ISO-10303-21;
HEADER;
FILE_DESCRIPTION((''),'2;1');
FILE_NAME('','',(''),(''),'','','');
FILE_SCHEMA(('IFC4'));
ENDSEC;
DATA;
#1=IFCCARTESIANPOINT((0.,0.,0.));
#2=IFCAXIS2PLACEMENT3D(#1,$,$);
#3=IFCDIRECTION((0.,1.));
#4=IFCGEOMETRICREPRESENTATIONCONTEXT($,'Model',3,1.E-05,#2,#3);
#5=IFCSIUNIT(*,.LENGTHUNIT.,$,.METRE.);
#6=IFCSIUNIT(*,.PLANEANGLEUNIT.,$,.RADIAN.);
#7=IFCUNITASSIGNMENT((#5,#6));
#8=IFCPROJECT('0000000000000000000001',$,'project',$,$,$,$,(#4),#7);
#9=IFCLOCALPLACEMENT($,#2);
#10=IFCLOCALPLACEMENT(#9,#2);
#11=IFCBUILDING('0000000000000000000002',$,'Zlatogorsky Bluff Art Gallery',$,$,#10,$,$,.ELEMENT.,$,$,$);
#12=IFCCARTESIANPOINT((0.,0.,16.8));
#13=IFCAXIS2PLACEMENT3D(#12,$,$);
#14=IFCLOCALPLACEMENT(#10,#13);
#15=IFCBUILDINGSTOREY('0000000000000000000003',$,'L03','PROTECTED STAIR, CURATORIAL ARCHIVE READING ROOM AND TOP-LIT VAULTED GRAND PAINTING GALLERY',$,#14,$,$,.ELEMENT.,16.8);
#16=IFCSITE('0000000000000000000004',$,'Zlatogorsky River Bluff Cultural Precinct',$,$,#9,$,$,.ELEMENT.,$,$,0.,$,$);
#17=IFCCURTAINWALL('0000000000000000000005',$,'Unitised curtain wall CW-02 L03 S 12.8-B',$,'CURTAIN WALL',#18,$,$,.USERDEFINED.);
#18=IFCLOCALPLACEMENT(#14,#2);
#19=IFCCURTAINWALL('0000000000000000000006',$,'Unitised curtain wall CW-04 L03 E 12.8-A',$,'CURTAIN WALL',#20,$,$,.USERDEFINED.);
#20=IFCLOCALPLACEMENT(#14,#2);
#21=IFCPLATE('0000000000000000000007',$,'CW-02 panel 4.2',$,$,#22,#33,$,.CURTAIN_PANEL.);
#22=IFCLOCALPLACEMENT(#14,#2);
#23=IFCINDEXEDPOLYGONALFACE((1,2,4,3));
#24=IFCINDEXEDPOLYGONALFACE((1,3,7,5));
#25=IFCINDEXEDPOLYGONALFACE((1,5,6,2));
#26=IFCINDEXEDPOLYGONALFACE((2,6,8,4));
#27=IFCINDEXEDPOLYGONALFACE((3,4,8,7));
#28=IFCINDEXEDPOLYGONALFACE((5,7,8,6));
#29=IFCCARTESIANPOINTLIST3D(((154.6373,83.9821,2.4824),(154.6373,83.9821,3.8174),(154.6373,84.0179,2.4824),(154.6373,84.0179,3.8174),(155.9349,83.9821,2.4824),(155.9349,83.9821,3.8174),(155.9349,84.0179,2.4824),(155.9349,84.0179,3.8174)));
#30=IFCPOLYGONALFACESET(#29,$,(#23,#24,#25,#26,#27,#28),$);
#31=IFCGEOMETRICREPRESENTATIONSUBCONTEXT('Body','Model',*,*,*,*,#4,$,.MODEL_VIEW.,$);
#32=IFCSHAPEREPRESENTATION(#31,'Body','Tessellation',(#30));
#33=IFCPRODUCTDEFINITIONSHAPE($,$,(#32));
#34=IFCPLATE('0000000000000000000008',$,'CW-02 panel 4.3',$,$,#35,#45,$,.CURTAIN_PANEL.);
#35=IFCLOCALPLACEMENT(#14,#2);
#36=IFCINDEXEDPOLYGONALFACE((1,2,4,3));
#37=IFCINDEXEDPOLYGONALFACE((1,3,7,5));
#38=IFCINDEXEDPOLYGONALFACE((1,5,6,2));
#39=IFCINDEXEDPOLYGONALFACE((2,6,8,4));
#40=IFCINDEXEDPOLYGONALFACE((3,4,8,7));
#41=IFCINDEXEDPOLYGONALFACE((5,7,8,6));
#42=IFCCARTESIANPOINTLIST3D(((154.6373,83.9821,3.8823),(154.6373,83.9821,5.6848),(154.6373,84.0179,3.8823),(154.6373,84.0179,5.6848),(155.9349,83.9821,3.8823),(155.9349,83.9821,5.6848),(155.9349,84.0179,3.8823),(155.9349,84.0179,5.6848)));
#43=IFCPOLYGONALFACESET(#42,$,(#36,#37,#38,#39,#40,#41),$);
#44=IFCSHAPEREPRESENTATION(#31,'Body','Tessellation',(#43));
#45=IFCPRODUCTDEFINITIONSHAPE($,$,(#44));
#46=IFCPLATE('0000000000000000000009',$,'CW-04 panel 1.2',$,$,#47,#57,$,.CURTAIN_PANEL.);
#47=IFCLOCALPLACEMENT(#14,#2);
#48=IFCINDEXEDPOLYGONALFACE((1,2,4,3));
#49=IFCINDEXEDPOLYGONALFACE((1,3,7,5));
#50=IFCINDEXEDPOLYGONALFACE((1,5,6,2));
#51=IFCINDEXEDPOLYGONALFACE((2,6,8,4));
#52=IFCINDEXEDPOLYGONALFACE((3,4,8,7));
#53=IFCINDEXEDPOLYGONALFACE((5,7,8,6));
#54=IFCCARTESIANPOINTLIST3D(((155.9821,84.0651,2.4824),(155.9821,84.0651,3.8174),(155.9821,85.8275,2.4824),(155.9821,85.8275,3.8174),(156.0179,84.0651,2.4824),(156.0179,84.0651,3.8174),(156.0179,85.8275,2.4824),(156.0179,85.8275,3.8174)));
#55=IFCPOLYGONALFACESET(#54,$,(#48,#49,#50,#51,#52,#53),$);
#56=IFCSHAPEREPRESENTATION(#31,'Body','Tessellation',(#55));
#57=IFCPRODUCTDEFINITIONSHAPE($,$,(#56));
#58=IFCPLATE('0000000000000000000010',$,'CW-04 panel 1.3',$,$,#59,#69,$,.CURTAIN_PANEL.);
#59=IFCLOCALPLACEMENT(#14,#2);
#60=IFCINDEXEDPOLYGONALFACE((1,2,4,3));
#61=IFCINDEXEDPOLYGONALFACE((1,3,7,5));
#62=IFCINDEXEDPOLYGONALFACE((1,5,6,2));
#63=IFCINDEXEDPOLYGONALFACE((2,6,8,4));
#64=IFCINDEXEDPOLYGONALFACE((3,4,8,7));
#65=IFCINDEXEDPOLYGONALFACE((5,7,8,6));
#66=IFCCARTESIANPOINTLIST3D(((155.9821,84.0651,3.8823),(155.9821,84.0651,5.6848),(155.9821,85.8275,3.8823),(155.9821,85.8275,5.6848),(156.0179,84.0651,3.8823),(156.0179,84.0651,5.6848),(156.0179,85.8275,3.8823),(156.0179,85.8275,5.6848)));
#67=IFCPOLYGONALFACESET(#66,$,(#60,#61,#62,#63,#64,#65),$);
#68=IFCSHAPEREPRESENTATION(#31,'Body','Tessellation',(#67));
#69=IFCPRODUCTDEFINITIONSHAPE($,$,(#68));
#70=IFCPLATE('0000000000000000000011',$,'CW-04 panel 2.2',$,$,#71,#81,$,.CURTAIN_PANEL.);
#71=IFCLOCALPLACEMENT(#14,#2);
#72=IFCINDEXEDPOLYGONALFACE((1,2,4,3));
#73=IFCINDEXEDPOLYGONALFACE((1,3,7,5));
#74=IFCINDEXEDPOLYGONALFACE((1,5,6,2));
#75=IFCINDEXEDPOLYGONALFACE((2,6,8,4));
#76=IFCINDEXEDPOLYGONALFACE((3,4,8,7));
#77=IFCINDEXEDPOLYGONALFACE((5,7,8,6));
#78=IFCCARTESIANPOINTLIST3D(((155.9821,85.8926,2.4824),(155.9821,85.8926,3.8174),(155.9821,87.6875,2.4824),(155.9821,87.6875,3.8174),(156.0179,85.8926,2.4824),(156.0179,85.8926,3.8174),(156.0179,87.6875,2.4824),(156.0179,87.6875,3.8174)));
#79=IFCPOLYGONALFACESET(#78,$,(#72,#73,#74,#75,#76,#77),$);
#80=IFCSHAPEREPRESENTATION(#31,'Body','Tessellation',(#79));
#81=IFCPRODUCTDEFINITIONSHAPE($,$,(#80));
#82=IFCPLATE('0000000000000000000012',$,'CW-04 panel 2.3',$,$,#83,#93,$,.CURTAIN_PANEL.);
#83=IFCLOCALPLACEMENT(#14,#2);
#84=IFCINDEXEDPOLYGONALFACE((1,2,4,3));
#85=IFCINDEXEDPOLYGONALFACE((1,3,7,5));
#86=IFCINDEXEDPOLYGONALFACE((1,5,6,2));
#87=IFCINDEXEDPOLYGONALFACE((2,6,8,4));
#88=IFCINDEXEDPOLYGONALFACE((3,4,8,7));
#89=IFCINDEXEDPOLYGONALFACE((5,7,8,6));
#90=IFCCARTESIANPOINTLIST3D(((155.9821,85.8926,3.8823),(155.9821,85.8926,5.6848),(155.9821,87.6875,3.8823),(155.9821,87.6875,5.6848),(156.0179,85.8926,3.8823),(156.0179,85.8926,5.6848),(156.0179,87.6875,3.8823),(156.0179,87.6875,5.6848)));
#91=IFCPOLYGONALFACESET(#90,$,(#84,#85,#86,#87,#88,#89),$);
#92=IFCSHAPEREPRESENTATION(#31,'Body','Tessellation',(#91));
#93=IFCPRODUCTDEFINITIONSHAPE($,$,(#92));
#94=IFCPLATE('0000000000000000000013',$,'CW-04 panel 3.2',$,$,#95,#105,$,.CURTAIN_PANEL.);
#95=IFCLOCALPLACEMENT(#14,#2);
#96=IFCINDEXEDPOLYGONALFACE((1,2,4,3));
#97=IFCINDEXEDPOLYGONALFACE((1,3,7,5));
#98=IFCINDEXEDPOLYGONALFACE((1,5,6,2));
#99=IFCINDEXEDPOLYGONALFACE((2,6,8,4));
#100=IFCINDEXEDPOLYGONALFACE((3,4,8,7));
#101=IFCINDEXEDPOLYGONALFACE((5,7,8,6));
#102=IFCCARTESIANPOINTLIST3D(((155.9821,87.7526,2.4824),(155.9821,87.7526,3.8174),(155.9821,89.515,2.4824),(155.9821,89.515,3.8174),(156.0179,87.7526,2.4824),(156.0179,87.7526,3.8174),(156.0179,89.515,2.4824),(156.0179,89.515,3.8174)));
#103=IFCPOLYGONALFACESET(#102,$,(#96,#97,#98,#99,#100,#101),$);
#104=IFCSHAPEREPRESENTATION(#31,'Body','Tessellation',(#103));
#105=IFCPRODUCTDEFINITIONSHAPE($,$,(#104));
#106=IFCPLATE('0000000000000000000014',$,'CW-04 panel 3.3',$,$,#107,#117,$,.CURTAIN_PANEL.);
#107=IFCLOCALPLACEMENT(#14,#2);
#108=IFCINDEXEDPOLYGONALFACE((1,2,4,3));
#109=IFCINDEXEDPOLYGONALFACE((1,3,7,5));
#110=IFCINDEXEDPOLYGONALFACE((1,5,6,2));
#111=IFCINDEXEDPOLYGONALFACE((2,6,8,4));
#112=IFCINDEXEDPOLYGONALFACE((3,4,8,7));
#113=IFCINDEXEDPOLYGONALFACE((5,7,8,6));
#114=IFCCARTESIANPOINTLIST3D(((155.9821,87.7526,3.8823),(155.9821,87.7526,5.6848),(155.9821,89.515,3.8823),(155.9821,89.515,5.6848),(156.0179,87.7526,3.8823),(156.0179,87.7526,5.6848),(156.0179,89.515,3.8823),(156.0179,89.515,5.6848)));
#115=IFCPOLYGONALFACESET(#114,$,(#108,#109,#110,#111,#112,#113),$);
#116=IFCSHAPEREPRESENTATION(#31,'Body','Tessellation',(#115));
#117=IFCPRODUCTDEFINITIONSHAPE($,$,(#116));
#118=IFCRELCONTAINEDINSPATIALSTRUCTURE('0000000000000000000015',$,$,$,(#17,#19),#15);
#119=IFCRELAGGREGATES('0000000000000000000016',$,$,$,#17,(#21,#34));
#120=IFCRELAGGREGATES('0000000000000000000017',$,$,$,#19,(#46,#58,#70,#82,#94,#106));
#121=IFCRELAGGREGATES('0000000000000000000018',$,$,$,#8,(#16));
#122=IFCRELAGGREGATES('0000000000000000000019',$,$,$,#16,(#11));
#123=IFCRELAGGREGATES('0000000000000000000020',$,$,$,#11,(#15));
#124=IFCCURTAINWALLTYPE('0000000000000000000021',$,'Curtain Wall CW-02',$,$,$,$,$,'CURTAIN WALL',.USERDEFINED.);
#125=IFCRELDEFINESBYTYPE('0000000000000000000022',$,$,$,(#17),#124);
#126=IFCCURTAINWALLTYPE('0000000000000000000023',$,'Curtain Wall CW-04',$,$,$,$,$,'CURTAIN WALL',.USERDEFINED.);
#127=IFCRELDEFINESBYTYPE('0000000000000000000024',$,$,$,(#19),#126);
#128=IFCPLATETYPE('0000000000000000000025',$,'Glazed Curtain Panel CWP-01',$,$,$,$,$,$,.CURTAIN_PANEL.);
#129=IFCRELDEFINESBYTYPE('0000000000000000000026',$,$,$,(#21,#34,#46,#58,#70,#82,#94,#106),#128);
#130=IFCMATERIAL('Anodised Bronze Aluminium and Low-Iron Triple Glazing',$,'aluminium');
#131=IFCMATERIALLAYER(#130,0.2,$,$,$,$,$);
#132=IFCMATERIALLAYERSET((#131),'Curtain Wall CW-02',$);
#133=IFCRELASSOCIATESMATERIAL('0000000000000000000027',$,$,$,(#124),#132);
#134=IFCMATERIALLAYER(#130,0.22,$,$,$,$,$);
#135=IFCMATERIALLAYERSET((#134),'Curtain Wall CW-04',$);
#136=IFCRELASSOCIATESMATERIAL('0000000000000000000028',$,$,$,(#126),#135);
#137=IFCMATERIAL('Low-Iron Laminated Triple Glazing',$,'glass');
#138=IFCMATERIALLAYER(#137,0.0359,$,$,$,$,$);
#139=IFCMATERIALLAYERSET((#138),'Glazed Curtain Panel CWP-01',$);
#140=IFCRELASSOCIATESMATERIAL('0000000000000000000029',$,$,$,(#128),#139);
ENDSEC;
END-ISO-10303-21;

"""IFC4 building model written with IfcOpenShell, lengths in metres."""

from ifc_helpers import new_model, si_unit, direction, frame, origin, origin_2d, place, context, subcontext, project, spatial, rectangle, extrude, material, layer, layer_set, type_object, element, aggregate, save


model = new_model("IFC4")

# Units and contexts
model_context = context("Model", 3, precision=1e-05, world=origin(), true_north=direction((0.0, 1.0)))
body_context = subcontext(model_context, "Body", "Model", "MODEL_VIEW")
ifc_project = project(units=[si_unit("LENGTHUNIT", "METRE"), si_unit("PLANEANGLEUNIT", "RADIAN")], contexts=[model_context])

# Site, building, storey
site_placement = place(None, origin())
site = spatial("IfcSite", under=ifc_project, at=site_placement, Name="Zlatogorsky River Bluff Cultural Precinct", CompositionType="ELEMENT", RefElevation=0.0)
building_placement = place(site_placement, origin())
building = spatial("IfcBuilding", under=site, at=building_placement, Name="Zlatogorsky Bluff Art Gallery", CompositionType="ELEMENT")
storey_placement = place(building_placement, frame((0.0, 0.0, 16.8)))
storey = spatial("IfcBuildingStorey", under=building, at=storey_placement, Name="L03", Description="PROTECTED STAIR, CURATORIAL ARCHIVE READING ROOM AND TOP-LIT VAULTED GRAND PAINTING GALLERY", CompositionType="ELEMENT", Elevation=16.8)

# Curtain walls
ifc_material_1 = material(Name="Anodised Bronze Aluminium and Low-Iron Triple Glazing", Category="aluminium")
ifc_layer_1 = layer(ifc_material_1, 0.2)
ifc_layer_set_1 = layer_set([ifc_layer_1], Name="Curtain Wall CW-02")
curtain_wall_type_1 = type_object("IfcCurtainWallType", Name="Curtain Wall CW-02", ElementType="CURTAIN WALL", PredefinedType="USERDEFINED", material=ifc_layer_set_1)
curtain_wall_1_placement = place(storey_placement, origin())
curtain_wall_1 = element("IfcCurtainWall", 1, at=curtain_wall_1_placement, inside=storey, type_object=curtain_wall_type_1, Name="Unitised curtain wall CW-02 L03 S 12.8-B", ObjectType="CURTAIN WALL", PredefinedType="USERDEFINED")
ifc_layer_2 = layer(ifc_material_1, 0.22)
ifc_layer_set_2 = layer_set([ifc_layer_2], Name="Curtain Wall CW-04")
curtain_wall_type_2 = type_object("IfcCurtainWallType", Name="Curtain Wall CW-04", ElementType="CURTAIN WALL", PredefinedType="USERDEFINED", material=ifc_layer_set_2)
curtain_wall_2_placement = place(storey_placement, origin())
curtain_wall_2 = element("IfcCurtainWall", 2, at=curtain_wall_2_placement, inside=storey, type_object=curtain_wall_type_2, Name="Unitised curtain wall CW-04 L03 E 12.8-A", ObjectType="CURTAIN WALL", PredefinedType="USERDEFINED")

# Plates
ifc_material_2 = material(Name="Low-Iron Laminated Triple Glazing", Category="glass")
ifc_layer_3 = layer(ifc_material_2, 0.0359)
ifc_layer_set_3 = layer_set([ifc_layer_3], Name="Glazed Curtain Panel CWP-01")
plate_type = type_object("IfcPlateType", Name="Glazed Curtain Panel CWP-01", PredefinedType="CURTAIN_PANEL", material=ifc_layer_set_3)
plate_1_placement = place(storey_placement, frame((155.2861, 84.0, 2.4824), z_axis=(0.0, 0.0, 1.0), x_axis=(1.0, 0.0, 0.0)))
plate_1 = element("IfcPlate", 3, at=plate_1_placement, type_object=plate_type, Name="CW-02 panel 4.2", PredefinedType="CURTAIN_PANEL", context=body_context, shape_type="SweptSolid", body=[
    extrude(rectangle(XDim=1.2976, YDim=0.0359, at=origin_2d()), origin(), (0.0, 0.0, 1.0), 1.335),
])
plate_2_placement = place(storey_placement, frame((155.2861, 84.0, 3.8823), z_axis=(0.0, 0.0, 1.0), x_axis=(1.0, 0.0, 0.0)))
plate_2 = element("IfcPlate", 4, at=plate_2_placement, type_object=plate_type, Name="CW-02 panel 4.3", PredefinedType="CURTAIN_PANEL", context=body_context, shape_type="SweptSolid", body=[
    extrude(rectangle(XDim=1.2976, YDim=0.0359, at=origin_2d()), origin(), (0.0, 0.0, 1.0), 1.8025),
])
aggregate(curtain_wall_1, [plate_1, plate_2])
plate_3_placement = place(storey_placement, frame((156.0, 84.9463, 2.4824), z_axis=(0.0, 0.0, 1.0), x_axis=(0.0, 1.0, 0.0)))
plate_3 = element("IfcPlate", 5, at=plate_3_placement, type_object=plate_type, Name="CW-04 panel 1.2", PredefinedType="CURTAIN_PANEL", context=body_context, shape_type="SweptSolid", body=[
    extrude(rectangle(XDim=1.7625, YDim=0.0359, at=origin_2d()), origin(), (0.0, 0.0, 1.0), 1.335),
])
plate_4_placement = place(storey_placement, frame((156.0, 84.9463, 3.8823), z_axis=(0.0, 0.0, 1.0), x_axis=(0.0, 1.0, 0.0)))
plate_4 = element("IfcPlate", 6, at=plate_4_placement, type_object=plate_type, Name="CW-04 panel 1.3", PredefinedType="CURTAIN_PANEL", context=body_context, shape_type="SweptSolid", body=[
    extrude(rectangle(XDim=1.7625, YDim=0.0359, at=origin_2d()), origin(), (0.0, 0.0, 1.0), 1.8025),
])
plate_5_placement = place(storey_placement, frame((156.0, 86.79, 2.4824), z_axis=(0.0, 0.0, 1.0), x_axis=(0.0, 1.0, 0.0)))
plate_5 = element("IfcPlate", 7, at=plate_5_placement, type_object=plate_type, Name="CW-04 panel 2.2", PredefinedType="CURTAIN_PANEL", context=body_context, shape_type="SweptSolid", body=[
    extrude(rectangle(XDim=1.7949, YDim=0.0359, at=origin_2d()), origin(), (0.0, 0.0, 1.0), 1.335),
])
plate_6_placement = place(storey_placement, frame((156.0, 86.79, 3.8823), z_axis=(0.0, 0.0, 1.0), x_axis=(0.0, 1.0, 0.0)))
plate_6 = element("IfcPlate", 8, at=plate_6_placement, type_object=plate_type, Name="CW-04 panel 2.3", PredefinedType="CURTAIN_PANEL", context=body_context, shape_type="SweptSolid", body=[
    extrude(rectangle(XDim=1.7949, YDim=0.0359, at=origin_2d()), origin(), (0.0, 0.0, 1.0), 1.8025),
])
plate_7_placement = place(storey_placement, frame((156.0, 88.6338, 2.4824), z_axis=(0.0, 0.0, 1.0), x_axis=(0.0, 1.0, 0.0)))
plate_7 = element("IfcPlate", 9, at=plate_7_placement, type_object=plate_type, Name="CW-04 panel 3.2", PredefinedType="CURTAIN_PANEL", context=body_context, shape_type="SweptSolid", body=[
    extrude(rectangle(XDim=1.7625, YDim=0.0359, at=origin_2d()), origin(), (0.0, 0.0, 1.0), 1.335),
])
plate_8_placement = place(storey_placement, frame((156.0, 88.6338, 3.8823), z_axis=(0.0, 0.0, 1.0), x_axis=(0.0, 1.0, 0.0)))
plate_8 = element("IfcPlate", 10, at=plate_8_placement, type_object=plate_type, Name="CW-04 panel 3.3", PredefinedType="CURTAIN_PANEL", context=body_context, shape_type="SweptSolid", body=[
    extrude(rectangle(XDim=1.7625, YDim=0.0359, at=origin_2d()), origin(), (0.0, 0.0, 1.0), 1.8025),
])
aggregate(curtain_wall_2, [plate_3, plate_4, plate_5, plate_6, plate_7, plate_8])

save(model, "model.ifc")
